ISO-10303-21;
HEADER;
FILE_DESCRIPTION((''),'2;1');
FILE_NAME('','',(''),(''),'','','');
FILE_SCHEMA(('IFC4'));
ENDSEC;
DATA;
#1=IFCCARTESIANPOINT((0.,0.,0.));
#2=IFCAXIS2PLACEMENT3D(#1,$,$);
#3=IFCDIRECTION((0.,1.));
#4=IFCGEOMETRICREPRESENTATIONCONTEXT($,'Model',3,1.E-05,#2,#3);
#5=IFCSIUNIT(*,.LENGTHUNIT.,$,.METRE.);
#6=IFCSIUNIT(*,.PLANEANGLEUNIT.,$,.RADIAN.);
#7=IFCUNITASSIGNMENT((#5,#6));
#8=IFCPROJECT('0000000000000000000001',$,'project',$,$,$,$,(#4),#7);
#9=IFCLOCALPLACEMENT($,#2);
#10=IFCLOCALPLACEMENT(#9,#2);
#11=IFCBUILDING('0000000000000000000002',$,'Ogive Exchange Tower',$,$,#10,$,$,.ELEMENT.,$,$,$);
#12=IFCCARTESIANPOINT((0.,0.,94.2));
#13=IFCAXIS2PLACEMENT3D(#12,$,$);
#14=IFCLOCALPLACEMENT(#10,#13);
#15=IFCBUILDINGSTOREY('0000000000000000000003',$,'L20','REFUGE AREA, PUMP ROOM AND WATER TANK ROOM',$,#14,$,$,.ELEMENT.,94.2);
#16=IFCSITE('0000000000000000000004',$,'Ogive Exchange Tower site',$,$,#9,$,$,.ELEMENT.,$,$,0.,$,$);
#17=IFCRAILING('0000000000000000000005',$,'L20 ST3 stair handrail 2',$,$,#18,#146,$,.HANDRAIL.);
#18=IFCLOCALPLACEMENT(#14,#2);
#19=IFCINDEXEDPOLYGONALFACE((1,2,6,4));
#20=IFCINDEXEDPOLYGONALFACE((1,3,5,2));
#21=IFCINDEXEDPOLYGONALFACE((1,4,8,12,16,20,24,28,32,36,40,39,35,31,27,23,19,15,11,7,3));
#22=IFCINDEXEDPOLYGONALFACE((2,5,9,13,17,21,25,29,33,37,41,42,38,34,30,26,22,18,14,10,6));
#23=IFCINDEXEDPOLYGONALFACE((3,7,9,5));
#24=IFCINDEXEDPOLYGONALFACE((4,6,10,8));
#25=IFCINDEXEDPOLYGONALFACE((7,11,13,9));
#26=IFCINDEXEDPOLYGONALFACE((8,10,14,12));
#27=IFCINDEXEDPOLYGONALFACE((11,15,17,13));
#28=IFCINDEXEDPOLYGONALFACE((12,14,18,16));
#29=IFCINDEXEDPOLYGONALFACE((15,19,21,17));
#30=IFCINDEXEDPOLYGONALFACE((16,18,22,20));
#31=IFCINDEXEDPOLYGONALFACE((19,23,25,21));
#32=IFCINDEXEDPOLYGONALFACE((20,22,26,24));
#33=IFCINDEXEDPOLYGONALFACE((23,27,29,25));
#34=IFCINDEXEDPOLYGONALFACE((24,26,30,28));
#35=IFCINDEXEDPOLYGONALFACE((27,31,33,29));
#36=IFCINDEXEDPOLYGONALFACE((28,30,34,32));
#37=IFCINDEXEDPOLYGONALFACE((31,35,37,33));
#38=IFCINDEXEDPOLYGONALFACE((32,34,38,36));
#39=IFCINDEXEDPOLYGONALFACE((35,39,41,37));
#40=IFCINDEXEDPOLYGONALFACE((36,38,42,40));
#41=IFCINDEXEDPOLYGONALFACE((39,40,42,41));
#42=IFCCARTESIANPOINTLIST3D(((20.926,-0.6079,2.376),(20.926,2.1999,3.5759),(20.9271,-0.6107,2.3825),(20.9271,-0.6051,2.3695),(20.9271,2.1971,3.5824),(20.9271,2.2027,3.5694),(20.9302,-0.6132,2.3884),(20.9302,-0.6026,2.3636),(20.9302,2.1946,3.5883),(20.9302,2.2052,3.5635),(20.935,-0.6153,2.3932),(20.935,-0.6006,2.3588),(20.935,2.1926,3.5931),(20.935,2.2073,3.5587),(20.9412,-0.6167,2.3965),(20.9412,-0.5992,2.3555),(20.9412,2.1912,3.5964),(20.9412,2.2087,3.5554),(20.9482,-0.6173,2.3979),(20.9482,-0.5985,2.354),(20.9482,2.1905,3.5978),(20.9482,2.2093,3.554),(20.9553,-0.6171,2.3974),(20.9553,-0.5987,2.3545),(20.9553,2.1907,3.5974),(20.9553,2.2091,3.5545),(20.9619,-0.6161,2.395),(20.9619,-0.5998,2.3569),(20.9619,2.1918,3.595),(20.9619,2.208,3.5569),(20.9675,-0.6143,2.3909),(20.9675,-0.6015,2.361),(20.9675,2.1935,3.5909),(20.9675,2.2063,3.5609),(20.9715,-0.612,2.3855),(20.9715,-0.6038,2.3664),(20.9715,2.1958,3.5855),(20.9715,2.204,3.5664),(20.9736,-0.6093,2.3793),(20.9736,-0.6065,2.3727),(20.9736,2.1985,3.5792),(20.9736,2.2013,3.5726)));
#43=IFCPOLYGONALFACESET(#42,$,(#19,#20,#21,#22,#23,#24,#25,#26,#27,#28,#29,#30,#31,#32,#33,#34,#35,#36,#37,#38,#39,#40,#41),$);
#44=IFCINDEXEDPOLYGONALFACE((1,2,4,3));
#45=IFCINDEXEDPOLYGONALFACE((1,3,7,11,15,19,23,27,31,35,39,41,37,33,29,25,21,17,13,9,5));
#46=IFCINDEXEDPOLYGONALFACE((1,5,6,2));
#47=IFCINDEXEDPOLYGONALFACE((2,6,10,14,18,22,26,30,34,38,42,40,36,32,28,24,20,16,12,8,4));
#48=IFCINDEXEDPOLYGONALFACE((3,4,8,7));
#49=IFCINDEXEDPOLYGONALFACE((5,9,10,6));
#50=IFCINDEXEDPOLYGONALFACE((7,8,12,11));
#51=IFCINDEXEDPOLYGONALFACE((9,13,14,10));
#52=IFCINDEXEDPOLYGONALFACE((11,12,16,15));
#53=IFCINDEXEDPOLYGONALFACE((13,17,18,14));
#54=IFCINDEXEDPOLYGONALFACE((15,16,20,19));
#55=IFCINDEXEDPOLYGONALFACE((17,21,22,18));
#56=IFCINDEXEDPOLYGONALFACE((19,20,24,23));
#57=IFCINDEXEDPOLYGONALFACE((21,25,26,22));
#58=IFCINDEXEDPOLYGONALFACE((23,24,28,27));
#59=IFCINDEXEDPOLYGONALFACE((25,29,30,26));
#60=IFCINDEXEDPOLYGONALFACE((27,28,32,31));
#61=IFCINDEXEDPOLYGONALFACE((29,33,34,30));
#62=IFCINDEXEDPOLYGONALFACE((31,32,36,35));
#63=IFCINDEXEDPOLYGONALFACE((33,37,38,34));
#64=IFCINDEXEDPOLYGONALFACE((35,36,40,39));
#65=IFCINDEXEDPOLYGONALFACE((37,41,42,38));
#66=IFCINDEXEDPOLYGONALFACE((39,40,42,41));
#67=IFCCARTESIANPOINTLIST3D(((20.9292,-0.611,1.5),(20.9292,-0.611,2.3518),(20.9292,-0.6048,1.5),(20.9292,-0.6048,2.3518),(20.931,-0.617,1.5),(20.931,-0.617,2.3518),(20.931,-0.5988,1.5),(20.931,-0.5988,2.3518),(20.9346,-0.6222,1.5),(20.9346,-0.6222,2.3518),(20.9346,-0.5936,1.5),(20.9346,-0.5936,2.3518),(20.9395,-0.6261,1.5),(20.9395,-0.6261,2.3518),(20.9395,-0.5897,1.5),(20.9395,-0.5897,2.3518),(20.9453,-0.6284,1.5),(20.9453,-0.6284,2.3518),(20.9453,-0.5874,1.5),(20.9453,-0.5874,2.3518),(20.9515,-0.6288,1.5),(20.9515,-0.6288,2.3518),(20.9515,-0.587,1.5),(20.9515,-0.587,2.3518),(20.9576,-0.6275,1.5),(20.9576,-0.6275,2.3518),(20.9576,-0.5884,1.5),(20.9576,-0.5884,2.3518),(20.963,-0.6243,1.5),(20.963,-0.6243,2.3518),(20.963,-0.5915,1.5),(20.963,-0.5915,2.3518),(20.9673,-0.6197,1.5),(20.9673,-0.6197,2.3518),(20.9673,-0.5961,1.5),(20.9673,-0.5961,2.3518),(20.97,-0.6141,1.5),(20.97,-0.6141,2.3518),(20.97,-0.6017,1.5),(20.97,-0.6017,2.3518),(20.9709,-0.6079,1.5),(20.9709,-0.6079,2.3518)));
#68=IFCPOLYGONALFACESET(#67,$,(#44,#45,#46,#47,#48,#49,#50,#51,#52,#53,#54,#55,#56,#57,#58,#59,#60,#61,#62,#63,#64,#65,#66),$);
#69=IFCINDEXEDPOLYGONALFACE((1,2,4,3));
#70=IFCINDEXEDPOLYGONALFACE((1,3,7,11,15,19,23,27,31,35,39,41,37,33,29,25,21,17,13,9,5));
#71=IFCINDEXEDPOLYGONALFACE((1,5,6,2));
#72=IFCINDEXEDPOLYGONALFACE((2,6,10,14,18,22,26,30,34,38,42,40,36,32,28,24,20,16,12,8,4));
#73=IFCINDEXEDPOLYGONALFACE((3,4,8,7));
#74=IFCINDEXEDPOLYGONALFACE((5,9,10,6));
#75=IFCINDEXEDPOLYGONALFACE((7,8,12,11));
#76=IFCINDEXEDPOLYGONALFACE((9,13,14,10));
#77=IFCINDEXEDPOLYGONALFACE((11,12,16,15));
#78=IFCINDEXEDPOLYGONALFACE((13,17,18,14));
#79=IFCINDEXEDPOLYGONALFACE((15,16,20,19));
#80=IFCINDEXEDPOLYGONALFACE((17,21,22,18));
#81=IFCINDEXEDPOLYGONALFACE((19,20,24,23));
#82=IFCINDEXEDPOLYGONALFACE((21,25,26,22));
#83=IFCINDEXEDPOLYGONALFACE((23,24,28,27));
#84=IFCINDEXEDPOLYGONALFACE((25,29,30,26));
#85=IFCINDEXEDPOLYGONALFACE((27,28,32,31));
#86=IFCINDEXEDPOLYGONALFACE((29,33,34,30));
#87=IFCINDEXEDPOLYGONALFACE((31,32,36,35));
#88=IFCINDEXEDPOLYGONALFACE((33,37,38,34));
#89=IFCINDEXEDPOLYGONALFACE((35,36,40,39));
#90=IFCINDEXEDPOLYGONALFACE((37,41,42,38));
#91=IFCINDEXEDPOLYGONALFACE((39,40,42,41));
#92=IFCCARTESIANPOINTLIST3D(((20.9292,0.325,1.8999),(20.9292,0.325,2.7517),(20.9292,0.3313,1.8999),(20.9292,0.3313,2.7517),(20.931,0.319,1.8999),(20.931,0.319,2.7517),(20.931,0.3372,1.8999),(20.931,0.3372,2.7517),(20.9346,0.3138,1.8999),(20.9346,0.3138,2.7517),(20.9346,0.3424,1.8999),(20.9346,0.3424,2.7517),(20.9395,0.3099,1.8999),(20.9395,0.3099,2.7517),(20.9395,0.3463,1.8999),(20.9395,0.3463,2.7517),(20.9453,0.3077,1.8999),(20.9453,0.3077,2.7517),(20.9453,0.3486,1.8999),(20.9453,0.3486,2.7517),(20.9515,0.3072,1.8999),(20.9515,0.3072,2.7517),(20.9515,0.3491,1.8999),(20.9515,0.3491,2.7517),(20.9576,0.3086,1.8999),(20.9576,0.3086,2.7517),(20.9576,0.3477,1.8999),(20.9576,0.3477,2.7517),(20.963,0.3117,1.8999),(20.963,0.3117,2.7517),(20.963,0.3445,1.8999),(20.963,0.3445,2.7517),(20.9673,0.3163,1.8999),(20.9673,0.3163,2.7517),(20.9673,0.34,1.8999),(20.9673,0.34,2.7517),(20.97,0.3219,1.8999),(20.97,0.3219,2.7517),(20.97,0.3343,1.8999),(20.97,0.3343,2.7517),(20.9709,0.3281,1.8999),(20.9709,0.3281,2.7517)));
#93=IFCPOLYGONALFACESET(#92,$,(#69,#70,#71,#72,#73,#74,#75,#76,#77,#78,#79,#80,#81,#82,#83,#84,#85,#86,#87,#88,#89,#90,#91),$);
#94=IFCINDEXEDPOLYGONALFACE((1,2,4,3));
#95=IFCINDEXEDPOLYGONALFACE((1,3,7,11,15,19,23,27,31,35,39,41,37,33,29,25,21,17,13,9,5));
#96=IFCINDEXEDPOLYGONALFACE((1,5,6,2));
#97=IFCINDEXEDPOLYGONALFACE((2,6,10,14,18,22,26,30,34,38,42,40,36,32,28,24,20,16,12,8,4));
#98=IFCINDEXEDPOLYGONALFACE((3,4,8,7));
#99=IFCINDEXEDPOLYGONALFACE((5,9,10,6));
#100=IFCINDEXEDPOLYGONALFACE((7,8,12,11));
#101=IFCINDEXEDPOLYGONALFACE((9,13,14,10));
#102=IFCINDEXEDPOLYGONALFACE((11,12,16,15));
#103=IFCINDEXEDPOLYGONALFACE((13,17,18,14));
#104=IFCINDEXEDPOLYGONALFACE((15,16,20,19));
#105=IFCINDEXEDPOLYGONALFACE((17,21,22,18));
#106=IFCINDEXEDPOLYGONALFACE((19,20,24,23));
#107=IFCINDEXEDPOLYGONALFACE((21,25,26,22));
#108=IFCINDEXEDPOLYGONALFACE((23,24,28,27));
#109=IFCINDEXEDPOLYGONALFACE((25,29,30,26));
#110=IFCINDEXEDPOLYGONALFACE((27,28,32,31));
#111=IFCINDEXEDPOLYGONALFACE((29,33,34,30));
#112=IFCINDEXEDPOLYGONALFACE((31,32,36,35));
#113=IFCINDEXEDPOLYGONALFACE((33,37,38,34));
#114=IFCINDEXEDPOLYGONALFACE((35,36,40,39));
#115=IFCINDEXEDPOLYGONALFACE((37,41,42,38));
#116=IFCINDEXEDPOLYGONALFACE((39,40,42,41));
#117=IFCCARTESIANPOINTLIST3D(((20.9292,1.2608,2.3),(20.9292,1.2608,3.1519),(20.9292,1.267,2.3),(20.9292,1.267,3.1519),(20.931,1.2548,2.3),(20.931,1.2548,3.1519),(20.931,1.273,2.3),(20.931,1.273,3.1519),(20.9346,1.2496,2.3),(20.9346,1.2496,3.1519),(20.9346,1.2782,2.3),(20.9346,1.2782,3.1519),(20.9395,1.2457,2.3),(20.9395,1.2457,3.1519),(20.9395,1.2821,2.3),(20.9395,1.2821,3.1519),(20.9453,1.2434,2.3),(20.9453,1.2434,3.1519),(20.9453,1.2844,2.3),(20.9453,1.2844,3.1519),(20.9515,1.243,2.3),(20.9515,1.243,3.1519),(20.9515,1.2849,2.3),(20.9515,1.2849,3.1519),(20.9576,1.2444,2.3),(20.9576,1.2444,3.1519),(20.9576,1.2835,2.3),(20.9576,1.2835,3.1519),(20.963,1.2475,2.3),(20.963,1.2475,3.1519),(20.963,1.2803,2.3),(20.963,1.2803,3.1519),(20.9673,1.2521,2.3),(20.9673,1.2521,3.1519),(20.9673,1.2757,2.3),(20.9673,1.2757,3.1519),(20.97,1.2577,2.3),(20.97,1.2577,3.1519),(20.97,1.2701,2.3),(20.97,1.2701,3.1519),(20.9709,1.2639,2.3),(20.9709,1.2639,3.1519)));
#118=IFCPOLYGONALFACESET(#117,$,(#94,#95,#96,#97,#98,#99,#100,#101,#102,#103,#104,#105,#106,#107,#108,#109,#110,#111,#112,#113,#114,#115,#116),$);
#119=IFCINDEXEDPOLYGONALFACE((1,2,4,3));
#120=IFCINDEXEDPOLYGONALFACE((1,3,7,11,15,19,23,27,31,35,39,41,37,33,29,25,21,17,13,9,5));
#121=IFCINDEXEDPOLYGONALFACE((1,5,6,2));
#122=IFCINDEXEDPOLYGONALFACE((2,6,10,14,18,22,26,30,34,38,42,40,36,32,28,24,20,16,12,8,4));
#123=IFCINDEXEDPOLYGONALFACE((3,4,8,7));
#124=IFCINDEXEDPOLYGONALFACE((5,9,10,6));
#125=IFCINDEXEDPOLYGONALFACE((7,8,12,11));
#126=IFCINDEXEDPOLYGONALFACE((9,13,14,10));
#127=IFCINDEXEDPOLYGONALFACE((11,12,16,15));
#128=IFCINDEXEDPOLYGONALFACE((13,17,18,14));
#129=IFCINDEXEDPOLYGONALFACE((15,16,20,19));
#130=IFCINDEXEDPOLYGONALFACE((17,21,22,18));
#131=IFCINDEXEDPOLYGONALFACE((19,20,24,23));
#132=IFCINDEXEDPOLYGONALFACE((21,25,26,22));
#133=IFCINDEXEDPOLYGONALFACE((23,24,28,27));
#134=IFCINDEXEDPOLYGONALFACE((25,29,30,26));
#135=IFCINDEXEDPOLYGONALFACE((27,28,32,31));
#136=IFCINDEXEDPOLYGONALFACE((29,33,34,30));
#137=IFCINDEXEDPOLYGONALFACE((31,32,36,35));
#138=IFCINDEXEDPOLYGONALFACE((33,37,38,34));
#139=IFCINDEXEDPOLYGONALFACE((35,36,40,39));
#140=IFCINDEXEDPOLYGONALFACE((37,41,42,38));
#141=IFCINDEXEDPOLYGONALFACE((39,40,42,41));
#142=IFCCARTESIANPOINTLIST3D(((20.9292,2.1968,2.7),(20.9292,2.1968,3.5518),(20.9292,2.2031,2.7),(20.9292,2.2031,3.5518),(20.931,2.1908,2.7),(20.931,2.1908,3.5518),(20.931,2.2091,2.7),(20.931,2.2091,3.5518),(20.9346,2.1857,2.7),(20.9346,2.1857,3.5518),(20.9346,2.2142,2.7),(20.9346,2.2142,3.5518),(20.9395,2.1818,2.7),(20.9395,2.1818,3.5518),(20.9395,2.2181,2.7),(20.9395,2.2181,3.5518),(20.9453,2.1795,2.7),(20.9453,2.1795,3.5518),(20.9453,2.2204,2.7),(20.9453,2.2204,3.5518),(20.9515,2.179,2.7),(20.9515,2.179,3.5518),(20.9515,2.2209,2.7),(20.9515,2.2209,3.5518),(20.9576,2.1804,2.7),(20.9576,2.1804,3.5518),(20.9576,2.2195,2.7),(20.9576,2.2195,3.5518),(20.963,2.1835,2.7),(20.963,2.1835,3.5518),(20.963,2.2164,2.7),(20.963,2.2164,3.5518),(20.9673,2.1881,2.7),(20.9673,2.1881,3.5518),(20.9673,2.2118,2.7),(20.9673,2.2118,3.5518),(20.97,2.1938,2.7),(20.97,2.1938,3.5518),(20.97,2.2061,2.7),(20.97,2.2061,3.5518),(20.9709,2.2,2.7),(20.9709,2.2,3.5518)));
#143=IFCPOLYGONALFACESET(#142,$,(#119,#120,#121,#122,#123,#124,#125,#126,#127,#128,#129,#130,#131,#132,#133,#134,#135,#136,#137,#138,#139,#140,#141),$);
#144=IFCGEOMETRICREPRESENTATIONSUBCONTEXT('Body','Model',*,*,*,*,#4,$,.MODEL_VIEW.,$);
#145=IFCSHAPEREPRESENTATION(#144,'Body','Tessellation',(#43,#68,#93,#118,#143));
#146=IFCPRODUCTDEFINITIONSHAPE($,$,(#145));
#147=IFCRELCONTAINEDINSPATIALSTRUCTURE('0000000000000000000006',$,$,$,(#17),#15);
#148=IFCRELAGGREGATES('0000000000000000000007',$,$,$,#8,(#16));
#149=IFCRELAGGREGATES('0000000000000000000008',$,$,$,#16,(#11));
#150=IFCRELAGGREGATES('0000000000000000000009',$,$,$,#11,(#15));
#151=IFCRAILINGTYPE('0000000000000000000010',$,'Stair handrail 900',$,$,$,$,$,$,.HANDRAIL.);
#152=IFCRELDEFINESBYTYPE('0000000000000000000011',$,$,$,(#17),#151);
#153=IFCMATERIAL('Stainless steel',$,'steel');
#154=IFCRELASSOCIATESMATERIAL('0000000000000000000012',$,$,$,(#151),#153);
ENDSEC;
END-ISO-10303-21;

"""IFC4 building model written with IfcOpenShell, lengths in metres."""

from ifc_helpers import new_model, si_unit, direction, frame, origin, origin_2d, place, context, subcontext, project, spatial, circle, extrude, material, type_object, element, save


model = new_model("IFC4")

# Units and contexts
model_context = context("Model", 3, precision=1e-05, world=origin(), true_north=direction((0.0, 1.0)))
body_context = subcontext(model_context, "Body", "Model", "MODEL_VIEW")
ifc_project = project(units=[si_unit("LENGTHUNIT", "METRE"), si_unit("PLANEANGLEUNIT", "RADIAN")], contexts=[model_context])

# Site, building, storey
site_placement = place(None, origin())
site = spatial("IfcSite", under=ifc_project, at=site_placement, Name="Ogive Exchange Tower site", CompositionType="ELEMENT", RefElevation=0.0)
building_placement = place(site_placement, origin())
building = spatial("IfcBuilding", under=site, at=building_placement, Name="Ogive Exchange Tower", CompositionType="ELEMENT")
storey_placement = place(building_placement, frame((0.0, 0.0, 94.2)))
storey = spatial("IfcBuildingStorey", under=building, at=storey_placement, Name="L20", Description="REFUGE AREA, PUMP ROOM AND WATER TANK ROOM", CompositionType="ELEMENT", Elevation=94.2)

# Shared definitions
ifc_material_1 = material(Name="Stainless steel", Category="steel")

# Railing
railing_type = type_object("IfcRailingType", Name="Stair handrail 900", PredefinedType="HANDRAIL", material=ifc_material_1)
railing_1_placement = place(storey_placement, frame((20.95, -0.6079, 1.5)))
element("IfcRailing", 1, at=railing_1_placement, inside=storey, type_object=railing_type, Name="L20 ST3 stair handrail 2", PredefinedType="HANDRAIL", context=body_context, shape_type="SweptSolid", body=[
    extrude(circle(Radius=0.0239, at=origin_2d()), frame((0.0, 0.0, 0.876), z_axis=(0.0, 0.91955, 0.392973), x_axis=(-1.0, 0.0, 0.0)), (0.0, 0.0, 1.0), 3.0535),
    extrude(circle(Radius=0.021, at=origin_2d()), origin(), (0.0, 0.0, 1.0), 0.8518),
    extrude(circle(Radius=0.021, at=origin_2d()), frame((0.0, 0.936, 0.3999)), (0.0, 0.0, 1.0), 0.8518),
    extrude(circle(Radius=0.021, at=origin_2d()), frame((0.0, 1.8718, 0.8)), (0.0, 0.0, 1.0), 0.8518),
    extrude(circle(Radius=0.021, at=origin_2d()), frame((0.0, 2.8079, 1.2)), (0.0, 0.0, 1.0), 0.8518),
])

save(model, "model.ifc")
